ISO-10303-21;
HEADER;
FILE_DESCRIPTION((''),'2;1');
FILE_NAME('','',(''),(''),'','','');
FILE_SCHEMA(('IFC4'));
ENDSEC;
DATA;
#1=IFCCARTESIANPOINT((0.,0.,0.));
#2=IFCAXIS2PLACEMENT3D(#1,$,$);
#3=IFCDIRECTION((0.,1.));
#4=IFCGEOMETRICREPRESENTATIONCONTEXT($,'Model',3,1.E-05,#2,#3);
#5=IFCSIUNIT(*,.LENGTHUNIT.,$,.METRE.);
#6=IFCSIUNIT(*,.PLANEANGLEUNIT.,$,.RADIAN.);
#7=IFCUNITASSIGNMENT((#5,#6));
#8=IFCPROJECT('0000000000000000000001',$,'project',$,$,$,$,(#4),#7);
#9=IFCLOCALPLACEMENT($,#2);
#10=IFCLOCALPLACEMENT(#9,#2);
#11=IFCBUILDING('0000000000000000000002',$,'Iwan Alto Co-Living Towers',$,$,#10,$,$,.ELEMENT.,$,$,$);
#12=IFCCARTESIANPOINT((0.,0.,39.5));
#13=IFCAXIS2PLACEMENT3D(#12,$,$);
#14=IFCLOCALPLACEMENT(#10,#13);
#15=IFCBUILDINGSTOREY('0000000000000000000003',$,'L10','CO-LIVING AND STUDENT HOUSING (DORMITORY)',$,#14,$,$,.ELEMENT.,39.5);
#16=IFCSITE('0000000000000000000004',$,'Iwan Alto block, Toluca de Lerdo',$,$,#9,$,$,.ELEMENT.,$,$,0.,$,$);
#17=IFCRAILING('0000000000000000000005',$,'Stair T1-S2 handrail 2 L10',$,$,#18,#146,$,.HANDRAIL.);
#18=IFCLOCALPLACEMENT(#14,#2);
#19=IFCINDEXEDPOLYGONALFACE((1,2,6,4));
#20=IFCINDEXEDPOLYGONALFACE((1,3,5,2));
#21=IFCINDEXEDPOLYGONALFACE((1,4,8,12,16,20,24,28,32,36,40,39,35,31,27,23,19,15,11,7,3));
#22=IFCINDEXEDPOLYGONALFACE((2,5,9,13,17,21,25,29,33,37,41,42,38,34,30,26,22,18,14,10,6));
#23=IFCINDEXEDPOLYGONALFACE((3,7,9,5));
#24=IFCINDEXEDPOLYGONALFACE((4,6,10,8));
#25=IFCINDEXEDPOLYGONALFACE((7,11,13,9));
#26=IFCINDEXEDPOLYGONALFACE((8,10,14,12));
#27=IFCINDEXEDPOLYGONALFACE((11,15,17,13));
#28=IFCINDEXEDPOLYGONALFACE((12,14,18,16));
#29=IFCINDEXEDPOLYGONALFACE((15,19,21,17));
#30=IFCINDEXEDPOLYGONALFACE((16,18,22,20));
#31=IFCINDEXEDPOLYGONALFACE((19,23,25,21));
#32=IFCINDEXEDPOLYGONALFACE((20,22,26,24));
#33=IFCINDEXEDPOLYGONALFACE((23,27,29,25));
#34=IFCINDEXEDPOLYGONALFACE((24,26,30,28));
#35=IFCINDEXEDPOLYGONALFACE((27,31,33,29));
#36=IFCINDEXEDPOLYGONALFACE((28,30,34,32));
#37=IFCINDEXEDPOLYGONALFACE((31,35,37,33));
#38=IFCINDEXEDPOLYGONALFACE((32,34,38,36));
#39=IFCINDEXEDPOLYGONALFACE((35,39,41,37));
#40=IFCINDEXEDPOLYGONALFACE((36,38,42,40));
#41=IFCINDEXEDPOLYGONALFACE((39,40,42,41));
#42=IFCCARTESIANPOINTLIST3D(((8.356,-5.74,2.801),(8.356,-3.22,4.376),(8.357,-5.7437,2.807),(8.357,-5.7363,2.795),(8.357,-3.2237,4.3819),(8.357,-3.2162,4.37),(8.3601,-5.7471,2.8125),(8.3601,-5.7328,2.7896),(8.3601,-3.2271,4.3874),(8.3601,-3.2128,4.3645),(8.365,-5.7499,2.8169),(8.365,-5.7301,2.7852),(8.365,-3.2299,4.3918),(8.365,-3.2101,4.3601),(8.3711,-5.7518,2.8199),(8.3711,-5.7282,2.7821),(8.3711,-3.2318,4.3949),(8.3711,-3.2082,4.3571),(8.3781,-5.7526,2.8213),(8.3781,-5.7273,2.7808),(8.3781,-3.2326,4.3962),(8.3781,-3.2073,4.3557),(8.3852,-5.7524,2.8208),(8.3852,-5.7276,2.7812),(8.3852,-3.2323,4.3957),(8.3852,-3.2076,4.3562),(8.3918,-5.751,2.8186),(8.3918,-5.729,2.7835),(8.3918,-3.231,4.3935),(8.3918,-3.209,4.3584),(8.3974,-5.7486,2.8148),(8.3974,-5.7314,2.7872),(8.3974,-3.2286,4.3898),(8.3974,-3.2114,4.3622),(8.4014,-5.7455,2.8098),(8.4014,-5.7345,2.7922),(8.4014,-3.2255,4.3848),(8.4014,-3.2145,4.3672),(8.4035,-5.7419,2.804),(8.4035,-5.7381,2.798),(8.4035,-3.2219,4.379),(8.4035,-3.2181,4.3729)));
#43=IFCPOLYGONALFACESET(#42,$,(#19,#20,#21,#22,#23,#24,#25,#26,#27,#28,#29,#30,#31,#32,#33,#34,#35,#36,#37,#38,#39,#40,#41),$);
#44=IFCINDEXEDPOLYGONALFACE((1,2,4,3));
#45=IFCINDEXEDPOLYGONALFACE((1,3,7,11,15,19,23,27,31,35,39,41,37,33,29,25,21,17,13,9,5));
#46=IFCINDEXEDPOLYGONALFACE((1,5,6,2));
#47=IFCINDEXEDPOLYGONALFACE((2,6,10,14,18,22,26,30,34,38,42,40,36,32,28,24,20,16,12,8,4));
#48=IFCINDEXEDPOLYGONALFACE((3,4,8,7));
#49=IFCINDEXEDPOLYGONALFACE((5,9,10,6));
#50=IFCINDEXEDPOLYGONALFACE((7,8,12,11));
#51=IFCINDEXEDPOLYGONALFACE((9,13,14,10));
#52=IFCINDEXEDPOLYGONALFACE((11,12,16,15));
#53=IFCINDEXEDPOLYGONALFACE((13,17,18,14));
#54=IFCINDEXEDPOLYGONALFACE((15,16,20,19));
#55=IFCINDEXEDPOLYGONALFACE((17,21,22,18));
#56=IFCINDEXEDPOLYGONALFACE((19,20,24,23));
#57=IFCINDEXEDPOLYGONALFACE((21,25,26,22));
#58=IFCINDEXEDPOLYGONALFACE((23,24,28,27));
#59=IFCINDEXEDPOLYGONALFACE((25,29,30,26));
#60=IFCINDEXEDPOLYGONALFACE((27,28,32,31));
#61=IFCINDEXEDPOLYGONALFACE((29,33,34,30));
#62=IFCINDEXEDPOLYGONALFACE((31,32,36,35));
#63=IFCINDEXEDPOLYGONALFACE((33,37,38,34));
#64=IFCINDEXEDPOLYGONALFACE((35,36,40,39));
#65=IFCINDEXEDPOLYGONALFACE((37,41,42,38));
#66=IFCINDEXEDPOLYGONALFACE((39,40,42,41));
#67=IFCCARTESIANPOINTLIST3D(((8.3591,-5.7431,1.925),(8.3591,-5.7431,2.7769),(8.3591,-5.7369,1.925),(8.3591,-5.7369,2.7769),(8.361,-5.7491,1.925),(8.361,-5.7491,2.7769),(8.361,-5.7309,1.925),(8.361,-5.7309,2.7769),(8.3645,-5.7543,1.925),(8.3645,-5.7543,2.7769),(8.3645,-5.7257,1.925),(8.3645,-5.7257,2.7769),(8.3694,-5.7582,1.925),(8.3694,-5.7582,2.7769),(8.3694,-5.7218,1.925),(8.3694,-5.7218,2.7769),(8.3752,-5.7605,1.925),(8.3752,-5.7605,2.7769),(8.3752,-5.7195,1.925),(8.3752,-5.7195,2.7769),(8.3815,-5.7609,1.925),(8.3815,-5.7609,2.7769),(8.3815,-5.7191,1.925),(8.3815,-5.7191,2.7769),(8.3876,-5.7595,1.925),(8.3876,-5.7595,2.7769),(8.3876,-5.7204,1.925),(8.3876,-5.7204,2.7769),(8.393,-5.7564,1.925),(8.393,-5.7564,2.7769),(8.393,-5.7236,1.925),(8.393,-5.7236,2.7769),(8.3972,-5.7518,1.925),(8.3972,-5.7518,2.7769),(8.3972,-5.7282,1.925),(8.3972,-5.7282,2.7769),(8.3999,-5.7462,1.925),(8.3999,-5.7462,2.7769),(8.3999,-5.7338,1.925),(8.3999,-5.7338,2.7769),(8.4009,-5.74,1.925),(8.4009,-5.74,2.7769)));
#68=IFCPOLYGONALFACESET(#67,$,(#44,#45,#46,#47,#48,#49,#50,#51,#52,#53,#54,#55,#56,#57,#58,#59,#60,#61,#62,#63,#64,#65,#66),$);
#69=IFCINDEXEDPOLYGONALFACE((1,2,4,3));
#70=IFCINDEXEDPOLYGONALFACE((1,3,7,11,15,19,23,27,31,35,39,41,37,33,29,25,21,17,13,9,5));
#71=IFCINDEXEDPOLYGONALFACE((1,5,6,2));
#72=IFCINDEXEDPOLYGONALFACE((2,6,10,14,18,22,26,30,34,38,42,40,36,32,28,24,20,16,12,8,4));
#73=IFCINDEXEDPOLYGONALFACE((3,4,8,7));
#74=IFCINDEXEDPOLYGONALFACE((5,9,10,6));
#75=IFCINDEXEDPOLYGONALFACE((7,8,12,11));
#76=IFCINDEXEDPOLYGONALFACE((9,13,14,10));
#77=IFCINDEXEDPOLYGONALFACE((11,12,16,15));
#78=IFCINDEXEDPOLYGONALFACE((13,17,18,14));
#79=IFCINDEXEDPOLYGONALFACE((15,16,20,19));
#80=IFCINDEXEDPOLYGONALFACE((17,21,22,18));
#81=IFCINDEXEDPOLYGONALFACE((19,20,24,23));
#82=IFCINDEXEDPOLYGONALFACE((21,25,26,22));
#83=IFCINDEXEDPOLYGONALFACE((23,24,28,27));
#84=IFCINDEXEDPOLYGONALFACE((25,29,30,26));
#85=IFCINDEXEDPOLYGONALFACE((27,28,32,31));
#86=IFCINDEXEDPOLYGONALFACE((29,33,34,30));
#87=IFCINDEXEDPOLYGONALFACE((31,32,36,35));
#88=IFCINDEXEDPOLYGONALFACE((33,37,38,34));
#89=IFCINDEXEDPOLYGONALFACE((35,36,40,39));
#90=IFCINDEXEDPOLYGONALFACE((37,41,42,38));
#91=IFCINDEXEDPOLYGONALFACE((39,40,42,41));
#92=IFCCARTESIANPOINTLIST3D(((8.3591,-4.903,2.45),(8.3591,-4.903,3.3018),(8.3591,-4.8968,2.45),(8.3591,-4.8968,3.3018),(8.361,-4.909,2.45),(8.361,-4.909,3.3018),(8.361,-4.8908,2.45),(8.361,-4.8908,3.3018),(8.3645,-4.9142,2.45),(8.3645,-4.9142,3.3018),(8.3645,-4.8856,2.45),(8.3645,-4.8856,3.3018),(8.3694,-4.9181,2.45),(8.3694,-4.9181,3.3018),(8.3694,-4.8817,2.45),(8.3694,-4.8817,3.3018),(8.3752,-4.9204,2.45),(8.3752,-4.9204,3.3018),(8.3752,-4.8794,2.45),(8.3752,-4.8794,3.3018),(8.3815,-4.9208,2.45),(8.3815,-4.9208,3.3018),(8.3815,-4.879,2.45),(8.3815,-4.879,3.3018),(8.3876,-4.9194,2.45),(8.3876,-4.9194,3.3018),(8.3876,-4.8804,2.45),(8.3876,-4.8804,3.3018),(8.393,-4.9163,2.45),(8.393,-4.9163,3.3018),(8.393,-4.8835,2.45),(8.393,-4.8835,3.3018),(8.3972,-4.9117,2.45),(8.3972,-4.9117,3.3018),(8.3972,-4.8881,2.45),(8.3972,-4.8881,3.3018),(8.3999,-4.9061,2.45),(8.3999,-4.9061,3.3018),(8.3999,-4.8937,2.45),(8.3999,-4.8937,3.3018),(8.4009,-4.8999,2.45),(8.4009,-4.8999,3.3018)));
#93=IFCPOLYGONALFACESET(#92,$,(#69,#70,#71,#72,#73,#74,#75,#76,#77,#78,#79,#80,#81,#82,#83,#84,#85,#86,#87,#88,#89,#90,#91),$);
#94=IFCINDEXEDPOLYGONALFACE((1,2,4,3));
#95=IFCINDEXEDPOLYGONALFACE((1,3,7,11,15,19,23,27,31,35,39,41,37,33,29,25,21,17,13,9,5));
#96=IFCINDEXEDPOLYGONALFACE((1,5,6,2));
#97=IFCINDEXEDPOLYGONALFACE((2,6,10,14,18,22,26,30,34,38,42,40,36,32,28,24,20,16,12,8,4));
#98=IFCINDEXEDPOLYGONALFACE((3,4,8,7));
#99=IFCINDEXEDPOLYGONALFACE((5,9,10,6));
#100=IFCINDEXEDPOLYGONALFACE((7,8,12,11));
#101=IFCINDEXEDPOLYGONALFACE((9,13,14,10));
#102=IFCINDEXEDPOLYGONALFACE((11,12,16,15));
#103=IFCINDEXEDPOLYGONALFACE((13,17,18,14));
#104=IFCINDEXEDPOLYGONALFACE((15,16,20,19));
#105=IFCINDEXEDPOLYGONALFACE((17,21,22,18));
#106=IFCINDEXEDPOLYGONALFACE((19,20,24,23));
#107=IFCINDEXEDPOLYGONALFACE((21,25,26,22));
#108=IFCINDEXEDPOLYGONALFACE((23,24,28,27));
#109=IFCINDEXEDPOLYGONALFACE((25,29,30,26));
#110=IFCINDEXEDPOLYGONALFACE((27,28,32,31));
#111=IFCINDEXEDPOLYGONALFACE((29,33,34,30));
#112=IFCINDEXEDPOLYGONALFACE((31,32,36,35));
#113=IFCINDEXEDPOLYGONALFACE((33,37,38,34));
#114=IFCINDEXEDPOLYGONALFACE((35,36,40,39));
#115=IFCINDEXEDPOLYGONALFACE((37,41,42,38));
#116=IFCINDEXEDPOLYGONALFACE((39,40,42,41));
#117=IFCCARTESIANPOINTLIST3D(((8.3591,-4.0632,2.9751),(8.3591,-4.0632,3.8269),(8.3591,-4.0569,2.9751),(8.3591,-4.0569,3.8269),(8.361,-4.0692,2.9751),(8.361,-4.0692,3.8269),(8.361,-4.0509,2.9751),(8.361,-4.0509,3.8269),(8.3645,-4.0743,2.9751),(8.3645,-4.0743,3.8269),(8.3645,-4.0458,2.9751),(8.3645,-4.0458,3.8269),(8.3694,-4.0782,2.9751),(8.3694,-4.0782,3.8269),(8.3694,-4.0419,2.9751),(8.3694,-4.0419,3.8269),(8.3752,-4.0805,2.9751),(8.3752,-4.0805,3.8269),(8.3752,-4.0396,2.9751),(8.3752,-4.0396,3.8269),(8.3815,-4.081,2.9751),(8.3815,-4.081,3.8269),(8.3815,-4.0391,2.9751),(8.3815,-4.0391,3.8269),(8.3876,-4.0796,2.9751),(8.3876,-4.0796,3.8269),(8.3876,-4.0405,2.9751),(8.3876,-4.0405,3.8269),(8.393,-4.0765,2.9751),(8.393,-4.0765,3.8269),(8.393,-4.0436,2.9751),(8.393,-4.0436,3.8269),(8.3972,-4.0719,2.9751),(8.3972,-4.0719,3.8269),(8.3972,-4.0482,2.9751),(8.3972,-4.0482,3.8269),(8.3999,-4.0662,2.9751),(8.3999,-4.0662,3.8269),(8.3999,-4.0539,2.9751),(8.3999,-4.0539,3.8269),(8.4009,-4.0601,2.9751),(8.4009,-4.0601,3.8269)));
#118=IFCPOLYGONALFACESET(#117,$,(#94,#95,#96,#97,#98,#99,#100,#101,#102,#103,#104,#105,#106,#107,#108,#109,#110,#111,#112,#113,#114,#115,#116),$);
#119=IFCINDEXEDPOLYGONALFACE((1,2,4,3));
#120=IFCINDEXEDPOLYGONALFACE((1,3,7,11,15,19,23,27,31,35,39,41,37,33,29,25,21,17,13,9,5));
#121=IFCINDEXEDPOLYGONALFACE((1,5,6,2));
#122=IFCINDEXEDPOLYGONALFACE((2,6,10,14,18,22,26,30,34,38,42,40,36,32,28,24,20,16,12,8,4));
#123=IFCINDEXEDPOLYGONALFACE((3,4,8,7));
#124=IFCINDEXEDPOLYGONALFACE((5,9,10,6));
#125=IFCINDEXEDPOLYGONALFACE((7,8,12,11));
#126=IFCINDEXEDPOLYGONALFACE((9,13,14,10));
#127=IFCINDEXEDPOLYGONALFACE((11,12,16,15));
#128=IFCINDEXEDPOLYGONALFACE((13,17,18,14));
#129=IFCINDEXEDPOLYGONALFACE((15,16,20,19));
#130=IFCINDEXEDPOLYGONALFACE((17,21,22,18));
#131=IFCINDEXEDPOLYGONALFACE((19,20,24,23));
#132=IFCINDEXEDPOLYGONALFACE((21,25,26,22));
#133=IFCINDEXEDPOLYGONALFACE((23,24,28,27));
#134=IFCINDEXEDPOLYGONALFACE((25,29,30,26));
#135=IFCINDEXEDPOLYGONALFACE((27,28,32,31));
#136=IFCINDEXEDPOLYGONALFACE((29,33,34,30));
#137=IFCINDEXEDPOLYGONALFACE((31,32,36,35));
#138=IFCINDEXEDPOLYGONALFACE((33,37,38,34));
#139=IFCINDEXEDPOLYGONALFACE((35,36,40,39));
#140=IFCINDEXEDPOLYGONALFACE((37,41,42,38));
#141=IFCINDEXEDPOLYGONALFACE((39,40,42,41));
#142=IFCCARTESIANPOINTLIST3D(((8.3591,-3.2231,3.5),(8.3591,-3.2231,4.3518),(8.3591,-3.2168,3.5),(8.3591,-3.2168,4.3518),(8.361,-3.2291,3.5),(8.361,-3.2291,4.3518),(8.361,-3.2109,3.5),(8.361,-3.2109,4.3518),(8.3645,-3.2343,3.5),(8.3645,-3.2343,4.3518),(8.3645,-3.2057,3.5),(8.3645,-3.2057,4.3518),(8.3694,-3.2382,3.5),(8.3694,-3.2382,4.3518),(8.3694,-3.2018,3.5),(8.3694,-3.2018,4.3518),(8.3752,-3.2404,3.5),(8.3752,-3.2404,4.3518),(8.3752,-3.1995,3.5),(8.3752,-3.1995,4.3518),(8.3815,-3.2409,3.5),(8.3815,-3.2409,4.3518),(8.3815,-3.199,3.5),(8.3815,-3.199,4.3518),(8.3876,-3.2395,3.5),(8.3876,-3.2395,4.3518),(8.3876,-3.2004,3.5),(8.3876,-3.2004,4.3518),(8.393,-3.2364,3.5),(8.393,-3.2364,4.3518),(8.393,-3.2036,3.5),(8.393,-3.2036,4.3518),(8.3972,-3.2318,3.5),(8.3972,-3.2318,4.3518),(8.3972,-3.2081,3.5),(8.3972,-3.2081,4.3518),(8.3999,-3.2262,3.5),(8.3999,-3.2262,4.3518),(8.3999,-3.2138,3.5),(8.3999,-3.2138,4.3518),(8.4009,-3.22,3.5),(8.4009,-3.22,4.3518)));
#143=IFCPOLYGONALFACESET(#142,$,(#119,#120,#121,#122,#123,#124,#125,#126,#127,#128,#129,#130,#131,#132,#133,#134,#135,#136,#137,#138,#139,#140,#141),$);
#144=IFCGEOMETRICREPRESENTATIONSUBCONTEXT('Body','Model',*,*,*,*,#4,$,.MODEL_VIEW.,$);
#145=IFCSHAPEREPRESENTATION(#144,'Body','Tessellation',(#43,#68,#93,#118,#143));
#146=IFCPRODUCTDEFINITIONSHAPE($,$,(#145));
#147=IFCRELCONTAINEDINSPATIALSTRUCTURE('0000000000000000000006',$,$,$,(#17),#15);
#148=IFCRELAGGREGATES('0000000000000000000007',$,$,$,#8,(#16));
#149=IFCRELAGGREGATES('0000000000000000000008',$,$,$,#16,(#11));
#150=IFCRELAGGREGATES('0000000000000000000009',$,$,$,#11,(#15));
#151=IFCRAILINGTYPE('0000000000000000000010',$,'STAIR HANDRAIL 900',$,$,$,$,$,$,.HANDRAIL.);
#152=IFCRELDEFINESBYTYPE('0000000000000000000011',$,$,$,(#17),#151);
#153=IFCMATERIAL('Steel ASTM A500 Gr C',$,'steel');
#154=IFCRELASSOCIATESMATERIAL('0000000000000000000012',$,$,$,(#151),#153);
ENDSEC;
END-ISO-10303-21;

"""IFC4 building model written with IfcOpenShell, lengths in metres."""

from ifc_helpers import new_model, si_unit, direction, frame, origin, origin_2d, place, context, subcontext, project, spatial, circle, extrude, material, type_object, element, save


model = new_model("IFC4")

# Units and contexts
model_context = context("Model", 3, precision=1e-05, world=origin(), true_north=direction((0.0, 1.0)))
body_context = subcontext(model_context, "Body", "Model", "MODEL_VIEW")
ifc_project = project(units=[si_unit("LENGTHUNIT", "METRE"), si_unit("PLANEANGLEUNIT", "RADIAN")], contexts=[model_context])

# Site, building, storey
site_placement = place(None, origin())
site = spatial("IfcSite", under=ifc_project, at=site_placement, Name="Iwan Alto block, Toluca de Lerdo", CompositionType="ELEMENT", RefElevation=0.0)
building_placement = place(site_placement, origin())
building = spatial("IfcBuilding", under=site, at=building_placement, Name="Iwan Alto Co-Living Towers", CompositionType="ELEMENT")
storey_placement = place(building_placement, frame((0.0, 0.0, 39.5)))
storey = spatial("IfcBuildingStorey", under=building, at=storey_placement, Name="L10", Description="CO-LIVING AND STUDENT HOUSING (DORMITORY)", CompositionType="ELEMENT", Elevation=39.5)

# Railing
ifc_material_1 = material(Name="Steel ASTM A500 Gr C", Category="steel")
railing_type_1 = type_object("IfcRailingType", Name="STAIR HANDRAIL 900", PredefinedType="HANDRAIL", material=ifc_material_1)
railing_1_placement = place(storey_placement, frame((8.3799, -5.74, 1.925)))
element("IfcRailing", 1, at=railing_1_placement, inside=storey, type_object=railing_type_1, Name="Stair T1-S2 handrail 2 L10", PredefinedType="HANDRAIL", context=body_context, shape_type="SweptSolid", body=[
    extrude(circle(Radius=0.0239, at=origin_2d()), frame((0.0, 0.0, 0.876), z_axis=(0.0, 0.848008, 0.529984), x_axis=(-1.0, 0.0, 0.0)), (0.0, 0.0, 1.0), 2.9717),
    extrude(circle(Radius=0.021, at=origin_2d()), origin(), (0.0, 0.0, 1.0), 0.8518),
    extrude(circle(Radius=0.021, at=origin_2d()), frame((0.0, 0.8401, 0.5249)), (0.0, 0.0, 1.0), 0.8518),
    extrude(circle(Radius=0.021, at=origin_2d()), frame((0.0, 1.6799, 1.05)), (0.0, 0.0, 1.0), 0.8518),
    extrude(circle(Radius=0.021, at=origin_2d()), frame((0.0, 2.52, 1.575)), (0.0, 0.0, 1.0), 0.8518),
])

save(model, "model.ifc")
